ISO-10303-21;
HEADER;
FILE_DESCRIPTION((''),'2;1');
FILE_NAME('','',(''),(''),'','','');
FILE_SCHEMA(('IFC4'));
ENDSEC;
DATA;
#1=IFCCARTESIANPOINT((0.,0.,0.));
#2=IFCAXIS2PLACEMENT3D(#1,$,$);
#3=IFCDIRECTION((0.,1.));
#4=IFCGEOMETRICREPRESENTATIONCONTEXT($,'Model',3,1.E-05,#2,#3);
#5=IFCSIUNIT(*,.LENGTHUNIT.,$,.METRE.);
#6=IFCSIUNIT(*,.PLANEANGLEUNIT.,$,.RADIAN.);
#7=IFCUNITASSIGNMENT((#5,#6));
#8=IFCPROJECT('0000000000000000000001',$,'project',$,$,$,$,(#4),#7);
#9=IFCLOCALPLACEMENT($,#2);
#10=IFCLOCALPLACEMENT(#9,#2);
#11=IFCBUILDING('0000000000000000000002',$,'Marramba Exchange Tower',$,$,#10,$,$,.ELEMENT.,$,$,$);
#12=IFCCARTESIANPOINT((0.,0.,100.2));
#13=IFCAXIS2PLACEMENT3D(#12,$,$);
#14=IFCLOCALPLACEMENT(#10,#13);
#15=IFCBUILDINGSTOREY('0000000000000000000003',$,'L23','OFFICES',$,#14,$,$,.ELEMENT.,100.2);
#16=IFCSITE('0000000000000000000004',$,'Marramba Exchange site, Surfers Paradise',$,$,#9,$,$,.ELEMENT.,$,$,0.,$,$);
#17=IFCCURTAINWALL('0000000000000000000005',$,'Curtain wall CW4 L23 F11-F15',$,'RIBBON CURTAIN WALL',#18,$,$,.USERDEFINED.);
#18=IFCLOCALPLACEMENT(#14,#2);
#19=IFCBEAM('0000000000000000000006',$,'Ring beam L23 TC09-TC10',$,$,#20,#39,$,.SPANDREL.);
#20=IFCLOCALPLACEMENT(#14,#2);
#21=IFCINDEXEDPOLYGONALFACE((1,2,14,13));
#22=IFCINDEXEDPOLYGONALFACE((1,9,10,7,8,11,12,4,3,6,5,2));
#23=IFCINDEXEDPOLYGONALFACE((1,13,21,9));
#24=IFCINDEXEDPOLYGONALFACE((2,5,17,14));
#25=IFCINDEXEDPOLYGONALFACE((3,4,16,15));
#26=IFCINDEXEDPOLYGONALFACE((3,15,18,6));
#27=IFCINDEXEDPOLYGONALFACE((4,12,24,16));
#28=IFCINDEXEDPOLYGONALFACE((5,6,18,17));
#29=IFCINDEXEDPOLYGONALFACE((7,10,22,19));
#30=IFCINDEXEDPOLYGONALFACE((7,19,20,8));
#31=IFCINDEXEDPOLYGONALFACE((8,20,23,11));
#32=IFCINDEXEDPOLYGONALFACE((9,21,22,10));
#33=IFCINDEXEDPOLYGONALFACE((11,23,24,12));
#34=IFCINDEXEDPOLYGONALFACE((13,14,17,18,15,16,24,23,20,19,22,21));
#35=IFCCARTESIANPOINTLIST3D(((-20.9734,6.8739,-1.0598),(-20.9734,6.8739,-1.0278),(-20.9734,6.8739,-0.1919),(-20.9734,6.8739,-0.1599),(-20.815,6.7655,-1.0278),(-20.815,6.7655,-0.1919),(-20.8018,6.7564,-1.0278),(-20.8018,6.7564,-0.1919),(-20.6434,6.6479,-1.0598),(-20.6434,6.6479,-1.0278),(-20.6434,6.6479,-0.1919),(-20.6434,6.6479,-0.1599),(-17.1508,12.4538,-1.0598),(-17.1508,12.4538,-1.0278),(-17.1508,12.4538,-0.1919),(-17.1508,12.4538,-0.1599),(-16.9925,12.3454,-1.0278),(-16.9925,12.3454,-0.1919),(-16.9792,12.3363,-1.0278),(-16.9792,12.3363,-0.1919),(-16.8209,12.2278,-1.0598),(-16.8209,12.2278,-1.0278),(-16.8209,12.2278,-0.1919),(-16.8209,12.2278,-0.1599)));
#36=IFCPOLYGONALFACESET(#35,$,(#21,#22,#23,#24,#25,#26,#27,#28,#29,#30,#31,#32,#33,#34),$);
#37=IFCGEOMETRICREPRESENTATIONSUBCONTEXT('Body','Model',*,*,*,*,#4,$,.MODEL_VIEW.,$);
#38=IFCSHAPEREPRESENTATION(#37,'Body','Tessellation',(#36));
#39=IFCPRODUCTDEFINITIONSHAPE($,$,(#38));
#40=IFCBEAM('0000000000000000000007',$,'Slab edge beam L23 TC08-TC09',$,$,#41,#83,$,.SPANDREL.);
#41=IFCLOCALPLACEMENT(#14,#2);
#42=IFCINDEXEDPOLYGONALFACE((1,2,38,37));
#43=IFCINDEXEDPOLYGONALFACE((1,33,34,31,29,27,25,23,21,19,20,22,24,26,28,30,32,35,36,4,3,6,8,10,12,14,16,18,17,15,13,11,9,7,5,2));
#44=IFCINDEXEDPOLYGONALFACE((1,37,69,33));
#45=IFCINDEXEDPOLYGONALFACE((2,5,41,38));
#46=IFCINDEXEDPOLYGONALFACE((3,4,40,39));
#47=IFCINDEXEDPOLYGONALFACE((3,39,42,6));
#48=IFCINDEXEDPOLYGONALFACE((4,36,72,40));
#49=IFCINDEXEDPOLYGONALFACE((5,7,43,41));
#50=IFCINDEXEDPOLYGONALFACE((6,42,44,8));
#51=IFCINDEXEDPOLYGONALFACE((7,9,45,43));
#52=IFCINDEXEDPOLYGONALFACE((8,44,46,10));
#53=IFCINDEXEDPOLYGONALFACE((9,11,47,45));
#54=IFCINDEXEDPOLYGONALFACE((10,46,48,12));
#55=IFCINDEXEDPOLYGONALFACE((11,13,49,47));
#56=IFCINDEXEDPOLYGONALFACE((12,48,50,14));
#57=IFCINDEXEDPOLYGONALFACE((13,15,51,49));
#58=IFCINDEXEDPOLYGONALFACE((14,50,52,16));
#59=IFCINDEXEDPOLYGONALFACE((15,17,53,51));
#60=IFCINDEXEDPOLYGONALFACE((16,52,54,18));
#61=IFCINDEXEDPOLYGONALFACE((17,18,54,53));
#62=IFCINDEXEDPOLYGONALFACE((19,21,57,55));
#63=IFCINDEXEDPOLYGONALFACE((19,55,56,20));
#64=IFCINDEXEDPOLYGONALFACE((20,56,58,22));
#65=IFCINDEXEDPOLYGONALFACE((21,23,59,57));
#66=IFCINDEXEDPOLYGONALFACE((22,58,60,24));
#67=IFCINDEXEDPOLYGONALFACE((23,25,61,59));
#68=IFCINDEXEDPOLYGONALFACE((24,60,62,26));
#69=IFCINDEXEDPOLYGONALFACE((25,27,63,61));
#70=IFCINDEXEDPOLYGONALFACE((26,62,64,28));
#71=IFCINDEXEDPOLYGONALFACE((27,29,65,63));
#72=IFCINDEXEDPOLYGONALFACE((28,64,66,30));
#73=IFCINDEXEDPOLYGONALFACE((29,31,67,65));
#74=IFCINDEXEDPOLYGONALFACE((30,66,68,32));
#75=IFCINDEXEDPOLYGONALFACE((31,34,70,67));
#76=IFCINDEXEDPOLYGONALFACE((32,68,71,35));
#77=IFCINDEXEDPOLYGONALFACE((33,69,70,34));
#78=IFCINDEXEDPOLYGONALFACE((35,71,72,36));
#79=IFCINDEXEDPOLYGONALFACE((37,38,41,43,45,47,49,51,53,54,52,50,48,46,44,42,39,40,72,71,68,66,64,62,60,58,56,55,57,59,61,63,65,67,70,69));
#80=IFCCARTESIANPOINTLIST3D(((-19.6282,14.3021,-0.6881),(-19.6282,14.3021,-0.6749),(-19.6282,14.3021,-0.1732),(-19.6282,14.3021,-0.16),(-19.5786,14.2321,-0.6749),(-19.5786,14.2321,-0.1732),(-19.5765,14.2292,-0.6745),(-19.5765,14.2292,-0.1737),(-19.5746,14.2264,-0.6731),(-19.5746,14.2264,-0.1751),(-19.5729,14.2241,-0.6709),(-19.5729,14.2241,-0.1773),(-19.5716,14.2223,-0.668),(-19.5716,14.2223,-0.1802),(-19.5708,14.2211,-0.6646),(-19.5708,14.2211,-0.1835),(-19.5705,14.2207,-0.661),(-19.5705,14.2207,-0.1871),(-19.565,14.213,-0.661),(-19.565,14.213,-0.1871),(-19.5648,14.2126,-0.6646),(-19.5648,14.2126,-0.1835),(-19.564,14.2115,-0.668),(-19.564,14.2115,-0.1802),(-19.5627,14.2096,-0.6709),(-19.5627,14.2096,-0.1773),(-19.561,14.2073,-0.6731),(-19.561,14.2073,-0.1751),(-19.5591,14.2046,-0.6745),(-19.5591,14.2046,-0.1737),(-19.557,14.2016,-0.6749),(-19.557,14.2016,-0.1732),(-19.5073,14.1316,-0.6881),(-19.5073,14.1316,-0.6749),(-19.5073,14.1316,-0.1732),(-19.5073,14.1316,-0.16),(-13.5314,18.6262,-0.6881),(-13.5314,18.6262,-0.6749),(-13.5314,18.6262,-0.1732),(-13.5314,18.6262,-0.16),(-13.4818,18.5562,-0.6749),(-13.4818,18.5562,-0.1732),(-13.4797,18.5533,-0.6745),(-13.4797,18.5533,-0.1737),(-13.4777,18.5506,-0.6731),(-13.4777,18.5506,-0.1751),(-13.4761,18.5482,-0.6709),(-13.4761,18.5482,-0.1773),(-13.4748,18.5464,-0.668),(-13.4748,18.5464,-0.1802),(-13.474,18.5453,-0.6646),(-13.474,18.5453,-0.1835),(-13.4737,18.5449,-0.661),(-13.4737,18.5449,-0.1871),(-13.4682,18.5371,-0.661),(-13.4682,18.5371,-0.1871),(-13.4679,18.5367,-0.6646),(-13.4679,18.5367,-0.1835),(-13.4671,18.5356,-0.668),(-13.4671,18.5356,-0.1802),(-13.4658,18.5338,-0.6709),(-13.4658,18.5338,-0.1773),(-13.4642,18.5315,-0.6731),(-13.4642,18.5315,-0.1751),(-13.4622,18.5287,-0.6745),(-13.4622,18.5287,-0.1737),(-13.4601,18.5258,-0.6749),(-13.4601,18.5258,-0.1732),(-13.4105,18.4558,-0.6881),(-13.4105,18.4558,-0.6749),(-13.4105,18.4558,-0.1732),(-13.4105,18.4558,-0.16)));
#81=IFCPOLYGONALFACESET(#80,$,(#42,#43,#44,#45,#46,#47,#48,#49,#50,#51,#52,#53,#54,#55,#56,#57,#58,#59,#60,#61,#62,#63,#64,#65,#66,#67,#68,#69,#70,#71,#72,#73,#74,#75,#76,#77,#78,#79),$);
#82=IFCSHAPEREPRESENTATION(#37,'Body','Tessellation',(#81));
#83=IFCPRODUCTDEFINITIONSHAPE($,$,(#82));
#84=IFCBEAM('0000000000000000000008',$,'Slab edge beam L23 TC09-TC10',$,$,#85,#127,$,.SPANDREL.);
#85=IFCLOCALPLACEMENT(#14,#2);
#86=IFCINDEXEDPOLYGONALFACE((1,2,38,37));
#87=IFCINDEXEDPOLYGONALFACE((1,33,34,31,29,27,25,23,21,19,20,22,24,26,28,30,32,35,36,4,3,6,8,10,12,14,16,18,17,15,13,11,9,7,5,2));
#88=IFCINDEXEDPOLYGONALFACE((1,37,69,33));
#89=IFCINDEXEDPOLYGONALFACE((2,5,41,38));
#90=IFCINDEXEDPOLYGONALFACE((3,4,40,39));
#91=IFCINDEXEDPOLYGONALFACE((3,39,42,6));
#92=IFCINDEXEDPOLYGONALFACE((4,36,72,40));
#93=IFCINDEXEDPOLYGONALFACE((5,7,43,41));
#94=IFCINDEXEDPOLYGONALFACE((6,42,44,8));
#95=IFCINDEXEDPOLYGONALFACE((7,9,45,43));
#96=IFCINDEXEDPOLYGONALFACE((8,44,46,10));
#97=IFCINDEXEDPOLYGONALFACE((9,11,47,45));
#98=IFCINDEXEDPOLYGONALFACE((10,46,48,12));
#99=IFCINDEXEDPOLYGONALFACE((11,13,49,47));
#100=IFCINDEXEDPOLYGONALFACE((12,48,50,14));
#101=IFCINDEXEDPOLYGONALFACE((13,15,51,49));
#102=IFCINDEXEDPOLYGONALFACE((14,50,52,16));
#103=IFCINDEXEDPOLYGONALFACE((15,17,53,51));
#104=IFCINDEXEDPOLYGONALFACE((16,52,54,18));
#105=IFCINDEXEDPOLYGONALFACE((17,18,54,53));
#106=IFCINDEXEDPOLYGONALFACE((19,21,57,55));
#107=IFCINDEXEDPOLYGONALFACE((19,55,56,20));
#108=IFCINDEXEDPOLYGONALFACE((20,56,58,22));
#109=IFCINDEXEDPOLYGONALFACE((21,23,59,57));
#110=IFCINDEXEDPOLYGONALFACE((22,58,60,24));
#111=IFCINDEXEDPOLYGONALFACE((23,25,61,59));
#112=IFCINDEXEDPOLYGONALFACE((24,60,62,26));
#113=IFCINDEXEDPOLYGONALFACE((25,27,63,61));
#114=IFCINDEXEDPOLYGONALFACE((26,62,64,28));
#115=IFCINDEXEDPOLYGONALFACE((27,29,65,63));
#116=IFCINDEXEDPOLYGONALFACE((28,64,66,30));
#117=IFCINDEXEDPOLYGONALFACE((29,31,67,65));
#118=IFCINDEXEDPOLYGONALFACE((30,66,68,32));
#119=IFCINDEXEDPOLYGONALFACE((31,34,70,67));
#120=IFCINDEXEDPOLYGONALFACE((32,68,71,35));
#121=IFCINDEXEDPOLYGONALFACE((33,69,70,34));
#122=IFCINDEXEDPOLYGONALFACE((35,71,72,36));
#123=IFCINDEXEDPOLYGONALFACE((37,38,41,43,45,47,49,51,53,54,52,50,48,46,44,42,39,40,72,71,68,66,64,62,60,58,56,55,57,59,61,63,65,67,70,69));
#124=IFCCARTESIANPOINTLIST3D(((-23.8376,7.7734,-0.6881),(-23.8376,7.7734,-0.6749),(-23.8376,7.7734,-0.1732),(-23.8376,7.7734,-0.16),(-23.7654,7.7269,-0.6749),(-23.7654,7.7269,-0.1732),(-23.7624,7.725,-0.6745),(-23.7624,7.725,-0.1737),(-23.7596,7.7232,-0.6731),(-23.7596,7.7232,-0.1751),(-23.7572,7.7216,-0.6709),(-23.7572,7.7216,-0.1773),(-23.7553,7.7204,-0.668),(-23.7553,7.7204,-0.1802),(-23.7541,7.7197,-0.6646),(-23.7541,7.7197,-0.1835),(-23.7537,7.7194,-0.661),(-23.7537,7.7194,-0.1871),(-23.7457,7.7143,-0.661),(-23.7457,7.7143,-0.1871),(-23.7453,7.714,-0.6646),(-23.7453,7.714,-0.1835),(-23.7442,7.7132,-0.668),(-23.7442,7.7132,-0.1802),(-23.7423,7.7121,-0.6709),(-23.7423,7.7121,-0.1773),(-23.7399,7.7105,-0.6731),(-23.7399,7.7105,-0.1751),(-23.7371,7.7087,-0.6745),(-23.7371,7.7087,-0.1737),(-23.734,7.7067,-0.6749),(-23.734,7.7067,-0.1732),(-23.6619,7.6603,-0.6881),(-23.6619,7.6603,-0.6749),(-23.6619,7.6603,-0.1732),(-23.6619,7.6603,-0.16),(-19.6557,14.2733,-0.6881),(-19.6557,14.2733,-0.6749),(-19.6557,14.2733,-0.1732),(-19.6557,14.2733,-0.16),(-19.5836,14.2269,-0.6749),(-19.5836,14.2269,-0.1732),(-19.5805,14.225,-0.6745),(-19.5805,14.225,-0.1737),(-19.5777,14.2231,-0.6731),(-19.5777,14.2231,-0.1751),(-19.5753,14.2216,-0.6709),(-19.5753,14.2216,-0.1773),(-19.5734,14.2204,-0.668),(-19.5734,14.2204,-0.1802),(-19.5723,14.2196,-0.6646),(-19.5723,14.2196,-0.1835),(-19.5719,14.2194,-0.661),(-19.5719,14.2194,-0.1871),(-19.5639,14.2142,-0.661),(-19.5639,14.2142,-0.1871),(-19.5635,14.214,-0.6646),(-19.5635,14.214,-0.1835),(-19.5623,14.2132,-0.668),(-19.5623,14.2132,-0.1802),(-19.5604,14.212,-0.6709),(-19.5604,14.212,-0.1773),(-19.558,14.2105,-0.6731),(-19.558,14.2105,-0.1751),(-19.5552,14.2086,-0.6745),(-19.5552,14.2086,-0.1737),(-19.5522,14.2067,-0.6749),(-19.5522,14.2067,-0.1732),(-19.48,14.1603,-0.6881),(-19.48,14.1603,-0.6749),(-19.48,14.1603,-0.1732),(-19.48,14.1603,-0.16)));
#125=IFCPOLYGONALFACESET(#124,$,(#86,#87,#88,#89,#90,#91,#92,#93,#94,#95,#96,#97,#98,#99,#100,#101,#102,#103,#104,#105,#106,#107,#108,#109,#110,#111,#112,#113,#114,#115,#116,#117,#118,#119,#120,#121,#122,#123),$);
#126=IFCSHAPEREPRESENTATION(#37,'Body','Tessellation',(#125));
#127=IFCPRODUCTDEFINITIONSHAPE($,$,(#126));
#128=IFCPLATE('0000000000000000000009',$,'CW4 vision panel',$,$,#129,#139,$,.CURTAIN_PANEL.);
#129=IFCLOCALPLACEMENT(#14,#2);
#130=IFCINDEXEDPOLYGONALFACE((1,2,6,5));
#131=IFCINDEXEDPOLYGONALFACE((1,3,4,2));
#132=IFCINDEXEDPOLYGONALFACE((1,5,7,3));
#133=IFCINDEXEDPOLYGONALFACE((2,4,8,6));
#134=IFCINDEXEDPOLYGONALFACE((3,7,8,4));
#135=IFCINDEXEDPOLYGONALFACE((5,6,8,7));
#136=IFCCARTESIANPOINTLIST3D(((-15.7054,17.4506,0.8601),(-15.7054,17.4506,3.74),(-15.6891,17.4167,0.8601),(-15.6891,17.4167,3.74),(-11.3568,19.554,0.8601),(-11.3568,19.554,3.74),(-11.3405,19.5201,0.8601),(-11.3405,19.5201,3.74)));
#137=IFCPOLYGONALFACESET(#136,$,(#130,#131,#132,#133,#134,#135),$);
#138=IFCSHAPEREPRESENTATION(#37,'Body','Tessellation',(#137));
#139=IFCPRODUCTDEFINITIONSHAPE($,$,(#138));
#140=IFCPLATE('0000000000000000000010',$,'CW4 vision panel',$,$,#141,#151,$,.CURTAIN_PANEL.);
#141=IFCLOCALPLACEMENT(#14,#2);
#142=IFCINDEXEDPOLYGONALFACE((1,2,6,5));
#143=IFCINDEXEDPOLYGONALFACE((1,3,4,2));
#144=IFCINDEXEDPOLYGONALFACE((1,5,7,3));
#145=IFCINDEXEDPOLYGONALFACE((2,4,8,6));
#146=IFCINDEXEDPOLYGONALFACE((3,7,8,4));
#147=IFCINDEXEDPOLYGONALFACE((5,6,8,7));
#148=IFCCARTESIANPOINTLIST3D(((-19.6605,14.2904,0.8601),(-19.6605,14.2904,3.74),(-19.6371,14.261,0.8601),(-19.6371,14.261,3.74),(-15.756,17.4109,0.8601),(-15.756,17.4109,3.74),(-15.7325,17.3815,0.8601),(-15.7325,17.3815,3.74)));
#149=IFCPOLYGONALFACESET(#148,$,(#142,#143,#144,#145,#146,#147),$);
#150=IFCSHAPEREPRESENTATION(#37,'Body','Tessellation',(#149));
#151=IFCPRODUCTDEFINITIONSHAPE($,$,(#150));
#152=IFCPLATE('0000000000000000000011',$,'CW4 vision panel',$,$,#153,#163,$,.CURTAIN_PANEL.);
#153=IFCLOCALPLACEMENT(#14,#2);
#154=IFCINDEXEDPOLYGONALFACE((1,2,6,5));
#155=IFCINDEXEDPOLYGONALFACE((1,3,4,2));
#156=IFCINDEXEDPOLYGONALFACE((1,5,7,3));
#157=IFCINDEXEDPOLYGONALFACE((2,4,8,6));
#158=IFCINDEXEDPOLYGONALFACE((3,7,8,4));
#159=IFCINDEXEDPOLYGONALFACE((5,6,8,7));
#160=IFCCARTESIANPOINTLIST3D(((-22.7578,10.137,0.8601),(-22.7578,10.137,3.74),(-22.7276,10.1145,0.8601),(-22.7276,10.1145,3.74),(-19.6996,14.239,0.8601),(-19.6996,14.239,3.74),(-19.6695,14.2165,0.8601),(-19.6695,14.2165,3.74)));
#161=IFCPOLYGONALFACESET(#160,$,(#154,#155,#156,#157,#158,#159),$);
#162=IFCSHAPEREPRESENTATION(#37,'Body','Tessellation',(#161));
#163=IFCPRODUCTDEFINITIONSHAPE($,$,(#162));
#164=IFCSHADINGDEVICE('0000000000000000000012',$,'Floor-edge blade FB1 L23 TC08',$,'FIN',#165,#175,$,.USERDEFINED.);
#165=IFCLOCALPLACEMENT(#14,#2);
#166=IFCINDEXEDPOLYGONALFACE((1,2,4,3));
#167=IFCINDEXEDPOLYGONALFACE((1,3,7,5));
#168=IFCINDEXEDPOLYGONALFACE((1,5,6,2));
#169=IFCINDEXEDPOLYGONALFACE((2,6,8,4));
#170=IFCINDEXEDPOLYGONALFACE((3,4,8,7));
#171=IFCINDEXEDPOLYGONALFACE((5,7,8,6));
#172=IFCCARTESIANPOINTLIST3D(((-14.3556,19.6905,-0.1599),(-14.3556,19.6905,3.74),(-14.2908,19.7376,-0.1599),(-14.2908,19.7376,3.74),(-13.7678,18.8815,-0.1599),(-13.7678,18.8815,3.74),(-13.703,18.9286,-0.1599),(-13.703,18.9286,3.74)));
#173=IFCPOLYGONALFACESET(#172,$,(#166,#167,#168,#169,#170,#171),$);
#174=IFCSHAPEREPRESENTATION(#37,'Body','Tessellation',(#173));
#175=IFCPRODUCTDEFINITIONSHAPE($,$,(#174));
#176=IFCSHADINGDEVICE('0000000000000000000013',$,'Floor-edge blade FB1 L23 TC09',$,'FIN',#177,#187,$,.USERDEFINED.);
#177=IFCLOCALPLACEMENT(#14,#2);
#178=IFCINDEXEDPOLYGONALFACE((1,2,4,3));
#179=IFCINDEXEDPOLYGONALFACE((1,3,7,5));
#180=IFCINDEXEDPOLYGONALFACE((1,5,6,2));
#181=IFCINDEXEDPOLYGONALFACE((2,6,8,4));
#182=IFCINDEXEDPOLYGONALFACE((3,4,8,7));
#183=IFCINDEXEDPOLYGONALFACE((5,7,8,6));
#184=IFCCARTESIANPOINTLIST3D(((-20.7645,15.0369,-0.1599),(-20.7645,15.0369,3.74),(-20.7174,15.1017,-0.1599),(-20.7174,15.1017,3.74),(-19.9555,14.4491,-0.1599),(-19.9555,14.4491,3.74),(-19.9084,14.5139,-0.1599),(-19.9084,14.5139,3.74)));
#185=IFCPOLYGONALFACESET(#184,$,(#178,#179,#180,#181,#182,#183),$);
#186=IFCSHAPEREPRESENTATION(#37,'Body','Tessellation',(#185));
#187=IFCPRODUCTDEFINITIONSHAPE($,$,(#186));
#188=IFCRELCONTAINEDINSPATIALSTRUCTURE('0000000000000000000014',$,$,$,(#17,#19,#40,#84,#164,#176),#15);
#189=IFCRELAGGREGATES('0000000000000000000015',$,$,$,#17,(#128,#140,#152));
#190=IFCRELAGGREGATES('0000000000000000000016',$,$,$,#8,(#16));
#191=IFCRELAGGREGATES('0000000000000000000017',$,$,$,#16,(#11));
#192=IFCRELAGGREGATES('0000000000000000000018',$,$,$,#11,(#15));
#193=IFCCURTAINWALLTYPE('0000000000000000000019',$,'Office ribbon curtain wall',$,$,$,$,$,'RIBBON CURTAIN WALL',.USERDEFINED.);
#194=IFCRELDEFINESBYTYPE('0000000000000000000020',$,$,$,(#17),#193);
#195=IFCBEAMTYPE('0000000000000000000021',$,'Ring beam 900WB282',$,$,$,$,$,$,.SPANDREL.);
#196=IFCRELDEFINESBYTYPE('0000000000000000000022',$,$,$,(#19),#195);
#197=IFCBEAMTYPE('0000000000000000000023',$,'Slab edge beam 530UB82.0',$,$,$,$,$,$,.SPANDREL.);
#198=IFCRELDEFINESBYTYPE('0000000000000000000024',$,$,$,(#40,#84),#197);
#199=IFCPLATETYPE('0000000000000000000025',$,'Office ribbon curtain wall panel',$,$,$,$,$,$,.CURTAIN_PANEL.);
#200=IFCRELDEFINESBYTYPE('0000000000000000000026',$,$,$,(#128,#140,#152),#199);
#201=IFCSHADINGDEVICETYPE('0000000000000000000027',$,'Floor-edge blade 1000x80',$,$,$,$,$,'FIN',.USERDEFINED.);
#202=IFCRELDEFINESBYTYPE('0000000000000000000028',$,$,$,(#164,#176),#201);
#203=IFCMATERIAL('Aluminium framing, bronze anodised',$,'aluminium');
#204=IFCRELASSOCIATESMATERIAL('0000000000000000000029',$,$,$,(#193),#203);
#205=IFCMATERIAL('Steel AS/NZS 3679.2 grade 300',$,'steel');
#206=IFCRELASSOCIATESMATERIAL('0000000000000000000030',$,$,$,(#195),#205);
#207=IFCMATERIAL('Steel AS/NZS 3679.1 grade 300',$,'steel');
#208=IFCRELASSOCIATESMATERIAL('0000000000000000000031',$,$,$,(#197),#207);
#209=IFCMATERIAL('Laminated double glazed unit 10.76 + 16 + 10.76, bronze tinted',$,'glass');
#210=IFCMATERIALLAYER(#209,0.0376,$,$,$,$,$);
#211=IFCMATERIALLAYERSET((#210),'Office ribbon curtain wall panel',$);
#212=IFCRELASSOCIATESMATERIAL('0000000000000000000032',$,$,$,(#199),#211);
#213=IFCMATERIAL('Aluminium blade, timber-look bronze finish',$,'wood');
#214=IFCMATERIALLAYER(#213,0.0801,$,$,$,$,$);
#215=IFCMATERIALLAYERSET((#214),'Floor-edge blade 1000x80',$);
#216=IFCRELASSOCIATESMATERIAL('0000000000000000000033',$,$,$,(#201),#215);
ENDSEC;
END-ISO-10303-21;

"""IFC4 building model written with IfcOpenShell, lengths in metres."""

from ifc_helpers import new_model, si_unit, direction, frame, origin, origin_2d, place, context, subcontext, project, spatial, rectangle, i_section, extrude, material, layer, layer_set, material_profile, profile_set, type_object, element, aggregate, save


model = new_model("IFC4")

# Units and contexts
model_context = context("Model", 3, precision=1e-05, world=origin(), true_north=direction((0.0, 1.0)))
body_context = subcontext(model_context, "Body", "Model", "MODEL_VIEW")
ifc_project = project(units=[si_unit("LENGTHUNIT", "METRE"), si_unit("PLANEANGLEUNIT", "RADIAN")], contexts=[model_context])

# Site, building, storey
site_placement = place(None, origin())
site = spatial("IfcSite", under=ifc_project, at=site_placement, Name="Marramba Exchange site, Surfers Paradise", CompositionType="ELEMENT", RefElevation=0.0)
building_placement = place(site_placement, origin())
building = spatial("IfcBuilding", under=site, at=building_placement, Name="Marramba Exchange Tower", CompositionType="ELEMENT")
storey_placement = place(building_placement, frame((0.0, 0.0, 100.2)))
storey = spatial("IfcBuildingStorey", under=building, at=storey_placement, Name="L23", Description="OFFICES", CompositionType="ELEMENT", Elevation=100.2)

# Shared definitions
ifc_material_1 = material(Name="Steel AS/NZS 3679.2 grade 300", Category="steel")
ifc_material_2 = material(Name="Steel AS/NZS 3679.1 grade 300", Category="steel")

# Curtain wall
ifc_material_3 = material(Name="Aluminium framing, bronze anodised", Category="aluminium")
curtain_wall_type = type_object("IfcCurtainWallType", Name="Office ribbon curtain wall", ElementType="RIBBON CURTAIN WALL", PredefinedType="USERDEFINED", material=ifc_material_3)
curtain_wall_placement = place(storey_placement, origin())
curtain_wall = element("IfcCurtainWall", 1, at=curtain_wall_placement, inside=storey, type_object=curtain_wall_type, Name="Curtain wall CW4 L23 F11-F15", ObjectType="RIBBON CURTAIN WALL", PredefinedType="USERDEFINED")

# Beams
ifc_material_profile_1 = material_profile(ifc_material_1, i_section(OverallWidth=0.3999, OverallDepth=0.8999, WebThickness=0.0161, FlangeThickness=0.032, at=origin_2d()), Name="900WB282")
ifc_profile_set_1 = profile_set([ifc_material_profile_1], Name="Steel AS/NZS 3679.2 grade 300")
beam_type_1 = type_object("IfcBeamType", Name="Ring beam 900WB282", PredefinedType="SPANDREL", material=ifc_profile_set_1)
beam_1_placement = place(storey_placement, frame((-16.9858, 12.3408, -0.6099), z_axis=(-0.56516, -0.824981, 0.0), x_axis=(0.824981, -0.56516, 0.0)))
element("IfcBeam", 2, at=beam_1_placement, inside=storey, type_object=beam_type_1, Name="Ring beam L23 TC09-TC10", PredefinedType="SPANDREL", context=body_context, shape_type="SweptSolid", body=[
    extrude(i_section(OverallWidth=0.3999, OverallDepth=0.8999, WebThickness=0.0161, FlangeThickness=0.032, at=origin_2d()), origin(), (0.0, 0.0, 1.0), 6.7637),
])
ifc_material_profile_2 = material_profile(ifc_material_2, i_section(OverallWidth=0.209, OverallDepth=0.5281, WebThickness=0.0095, FlangeThickness=0.0132, FilletRadius=0.0139, at=origin_2d()), Name="530UB82.0")
ifc_profile_set_2 = profile_set([ifc_material_profile_2], Name="Steel AS/NZS 3679.1 grade 300")
beam_type_2 = type_object("IfcBeamType", Name="Slab edge beam 530UB82.0", PredefinedType="SPANDREL", material=ifc_profile_set_2)
beam_2_placement = place(storey_placement, frame((-13.4709, 18.541, -0.4241), z_axis=(-0.815673, -0.578513, 0.0), x_axis=(0.578513, -0.815673, 0.0)))
element("IfcBeam", 3, at=beam_2_placement, inside=storey, type_object=beam_type_2, Name="Slab edge beam L23 TC08-TC09", PredefinedType="SPANDREL", context=body_context, shape_type="SweptSolid", body=[
    extrude(i_section(OverallWidth=0.209, OverallDepth=0.5281, WebThickness=0.0095, FlangeThickness=0.0132, FilletRadius=0.0139, at=origin_2d()), origin(), (0.0, 0.0, 1.0), 7.4746),
])
beam_3_placement = place(storey_placement, frame((-19.5679, 14.2168, -0.4241), z_axis=(-0.541061, -0.840983, 0.0), x_axis=(0.840983, -0.541061, 0.0)))
element("IfcBeam", 4, at=beam_3_placement, inside=storey, type_object=beam_type_2, Name="Slab edge beam L23 TC09-TC10", PredefinedType="SPANDREL", context=body_context, shape_type="SweptSolid", body=[
    extrude(i_section(OverallWidth=0.209, OverallDepth=0.5281, WebThickness=0.0095, FlangeThickness=0.0132, FilletRadius=0.0139, at=origin_2d()), origin(), (0.0, 0.0, 1.0), 7.729),
])

# Plates
ifc_material_4 = material(Name="Laminated double glazed unit 10.76 + 16 + 10.76, bronze tinted", Category="glass")
ifc_layer_1 = layer(ifc_material_4, 0.0376)
ifc_layer_set_1 = layer_set([ifc_layer_1], Name="Office ribbon curtain wall panel")
plate_type = type_object("IfcPlateType", Name="Office ribbon curtain wall panel", PredefinedType="CURTAIN_PANEL", material=ifc_layer_set_1)
plate_1_placement = place(storey_placement, frame((-13.5229, 18.4854, 0.8601), z_axis=(0.0, 0.0, 1.0), x_axis=(-0.900224, -0.435428, 0.0)))
plate_1 = element("IfcPlate", 5, at=plate_1_placement, type_object=plate_type, Name="CW4 vision panel", PredefinedType="CURTAIN_PANEL", context=body_context, shape_type="SweptSolid", body=[
    extrude(rectangle(XDim=4.8306, YDim=0.0376, at=origin_2d()), origin(), (0.0, 0.0, 1.0), 2.8799),
])
plate_2_placement = place(storey_placement, frame((-17.6965, 15.8359, 0.8601), z_axis=(0.0, 0.0, 1.0), x_axis=(-0.781178, -0.624308, 0.0)))
plate_2 = element("IfcPlate", 6, at=plate_2_placement, type_object=plate_type, Name="CW4 vision panel", PredefinedType="CURTAIN_PANEL", context=body_context, shape_type="SweptSolid", body=[
    extrude(rectangle(XDim=4.9983, YDim=0.0376, at=origin_2d()), origin(), (0.0, 0.0, 1.0), 2.8799),
])
plate_3_placement = place(storey_placement, frame((-21.2136, 12.1768, 0.8601), z_axis=(0.0, 0.0, 1.0), x_axis=(-0.597704, -0.801717, 0.0)))
plate_3 = element("IfcPlate", 7, at=plate_3_placement, type_object=plate_type, Name="CW4 vision panel", PredefinedType="CURTAIN_PANEL", context=body_context, shape_type="SweptSolid", body=[
    extrude(rectangle(XDim=5.1165, YDim=0.0376, at=origin_2d()), origin(), (0.0, 0.0, 1.0), 2.8799),
])
aggregate(curtain_wall, [plate_1, plate_2, plate_3])

# Shading devices
ifc_material_5 = material(Name="Aluminium blade, timber-look bronze finish", Category="wood")
ifc_layer_2 = layer(ifc_material_5, 0.0801)
ifc_layer_set_2 = layer_set([ifc_layer_2], Name="Floor-edge blade 1000x80")
shading_device_type_1 = type_object("IfcShadingDeviceType", Name="Floor-edge blade 1000x80", ElementType="FIN", PredefinedType="USERDEFINED", material=ifc_layer_set_2)
for number, where, z_axis, x_axis, name in (
    (8, (-14.0293, 19.3096, -0.1599), (0.0, 0.0, 1.0), (-0.587785, 0.809017, 0.0), "Floor-edge blade FB1 L23 TC08"),
    (9, (-20.3364, 14.7754, -0.1599), (0.0, 0.0, 1.0), (-0.809017, 0.587785, 0.0), "Floor-edge blade FB1 L23 TC09"),
):
    element("IfcShadingDevice", number, at=place(storey_placement, frame(where, z_axis=z_axis, x_axis=x_axis)), inside=storey, type_object=shading_device_type_1, Name=name, ObjectType="FIN", PredefinedType="USERDEFINED", context=body_context, shape_type="SweptSolid", body=[
        extrude(rectangle(XDim=1.0, YDim=0.0801, at=origin_2d()), origin(), (0.0, 0.0, 1.0), 3.8999),
    ])

save(model, "model.ifc")
